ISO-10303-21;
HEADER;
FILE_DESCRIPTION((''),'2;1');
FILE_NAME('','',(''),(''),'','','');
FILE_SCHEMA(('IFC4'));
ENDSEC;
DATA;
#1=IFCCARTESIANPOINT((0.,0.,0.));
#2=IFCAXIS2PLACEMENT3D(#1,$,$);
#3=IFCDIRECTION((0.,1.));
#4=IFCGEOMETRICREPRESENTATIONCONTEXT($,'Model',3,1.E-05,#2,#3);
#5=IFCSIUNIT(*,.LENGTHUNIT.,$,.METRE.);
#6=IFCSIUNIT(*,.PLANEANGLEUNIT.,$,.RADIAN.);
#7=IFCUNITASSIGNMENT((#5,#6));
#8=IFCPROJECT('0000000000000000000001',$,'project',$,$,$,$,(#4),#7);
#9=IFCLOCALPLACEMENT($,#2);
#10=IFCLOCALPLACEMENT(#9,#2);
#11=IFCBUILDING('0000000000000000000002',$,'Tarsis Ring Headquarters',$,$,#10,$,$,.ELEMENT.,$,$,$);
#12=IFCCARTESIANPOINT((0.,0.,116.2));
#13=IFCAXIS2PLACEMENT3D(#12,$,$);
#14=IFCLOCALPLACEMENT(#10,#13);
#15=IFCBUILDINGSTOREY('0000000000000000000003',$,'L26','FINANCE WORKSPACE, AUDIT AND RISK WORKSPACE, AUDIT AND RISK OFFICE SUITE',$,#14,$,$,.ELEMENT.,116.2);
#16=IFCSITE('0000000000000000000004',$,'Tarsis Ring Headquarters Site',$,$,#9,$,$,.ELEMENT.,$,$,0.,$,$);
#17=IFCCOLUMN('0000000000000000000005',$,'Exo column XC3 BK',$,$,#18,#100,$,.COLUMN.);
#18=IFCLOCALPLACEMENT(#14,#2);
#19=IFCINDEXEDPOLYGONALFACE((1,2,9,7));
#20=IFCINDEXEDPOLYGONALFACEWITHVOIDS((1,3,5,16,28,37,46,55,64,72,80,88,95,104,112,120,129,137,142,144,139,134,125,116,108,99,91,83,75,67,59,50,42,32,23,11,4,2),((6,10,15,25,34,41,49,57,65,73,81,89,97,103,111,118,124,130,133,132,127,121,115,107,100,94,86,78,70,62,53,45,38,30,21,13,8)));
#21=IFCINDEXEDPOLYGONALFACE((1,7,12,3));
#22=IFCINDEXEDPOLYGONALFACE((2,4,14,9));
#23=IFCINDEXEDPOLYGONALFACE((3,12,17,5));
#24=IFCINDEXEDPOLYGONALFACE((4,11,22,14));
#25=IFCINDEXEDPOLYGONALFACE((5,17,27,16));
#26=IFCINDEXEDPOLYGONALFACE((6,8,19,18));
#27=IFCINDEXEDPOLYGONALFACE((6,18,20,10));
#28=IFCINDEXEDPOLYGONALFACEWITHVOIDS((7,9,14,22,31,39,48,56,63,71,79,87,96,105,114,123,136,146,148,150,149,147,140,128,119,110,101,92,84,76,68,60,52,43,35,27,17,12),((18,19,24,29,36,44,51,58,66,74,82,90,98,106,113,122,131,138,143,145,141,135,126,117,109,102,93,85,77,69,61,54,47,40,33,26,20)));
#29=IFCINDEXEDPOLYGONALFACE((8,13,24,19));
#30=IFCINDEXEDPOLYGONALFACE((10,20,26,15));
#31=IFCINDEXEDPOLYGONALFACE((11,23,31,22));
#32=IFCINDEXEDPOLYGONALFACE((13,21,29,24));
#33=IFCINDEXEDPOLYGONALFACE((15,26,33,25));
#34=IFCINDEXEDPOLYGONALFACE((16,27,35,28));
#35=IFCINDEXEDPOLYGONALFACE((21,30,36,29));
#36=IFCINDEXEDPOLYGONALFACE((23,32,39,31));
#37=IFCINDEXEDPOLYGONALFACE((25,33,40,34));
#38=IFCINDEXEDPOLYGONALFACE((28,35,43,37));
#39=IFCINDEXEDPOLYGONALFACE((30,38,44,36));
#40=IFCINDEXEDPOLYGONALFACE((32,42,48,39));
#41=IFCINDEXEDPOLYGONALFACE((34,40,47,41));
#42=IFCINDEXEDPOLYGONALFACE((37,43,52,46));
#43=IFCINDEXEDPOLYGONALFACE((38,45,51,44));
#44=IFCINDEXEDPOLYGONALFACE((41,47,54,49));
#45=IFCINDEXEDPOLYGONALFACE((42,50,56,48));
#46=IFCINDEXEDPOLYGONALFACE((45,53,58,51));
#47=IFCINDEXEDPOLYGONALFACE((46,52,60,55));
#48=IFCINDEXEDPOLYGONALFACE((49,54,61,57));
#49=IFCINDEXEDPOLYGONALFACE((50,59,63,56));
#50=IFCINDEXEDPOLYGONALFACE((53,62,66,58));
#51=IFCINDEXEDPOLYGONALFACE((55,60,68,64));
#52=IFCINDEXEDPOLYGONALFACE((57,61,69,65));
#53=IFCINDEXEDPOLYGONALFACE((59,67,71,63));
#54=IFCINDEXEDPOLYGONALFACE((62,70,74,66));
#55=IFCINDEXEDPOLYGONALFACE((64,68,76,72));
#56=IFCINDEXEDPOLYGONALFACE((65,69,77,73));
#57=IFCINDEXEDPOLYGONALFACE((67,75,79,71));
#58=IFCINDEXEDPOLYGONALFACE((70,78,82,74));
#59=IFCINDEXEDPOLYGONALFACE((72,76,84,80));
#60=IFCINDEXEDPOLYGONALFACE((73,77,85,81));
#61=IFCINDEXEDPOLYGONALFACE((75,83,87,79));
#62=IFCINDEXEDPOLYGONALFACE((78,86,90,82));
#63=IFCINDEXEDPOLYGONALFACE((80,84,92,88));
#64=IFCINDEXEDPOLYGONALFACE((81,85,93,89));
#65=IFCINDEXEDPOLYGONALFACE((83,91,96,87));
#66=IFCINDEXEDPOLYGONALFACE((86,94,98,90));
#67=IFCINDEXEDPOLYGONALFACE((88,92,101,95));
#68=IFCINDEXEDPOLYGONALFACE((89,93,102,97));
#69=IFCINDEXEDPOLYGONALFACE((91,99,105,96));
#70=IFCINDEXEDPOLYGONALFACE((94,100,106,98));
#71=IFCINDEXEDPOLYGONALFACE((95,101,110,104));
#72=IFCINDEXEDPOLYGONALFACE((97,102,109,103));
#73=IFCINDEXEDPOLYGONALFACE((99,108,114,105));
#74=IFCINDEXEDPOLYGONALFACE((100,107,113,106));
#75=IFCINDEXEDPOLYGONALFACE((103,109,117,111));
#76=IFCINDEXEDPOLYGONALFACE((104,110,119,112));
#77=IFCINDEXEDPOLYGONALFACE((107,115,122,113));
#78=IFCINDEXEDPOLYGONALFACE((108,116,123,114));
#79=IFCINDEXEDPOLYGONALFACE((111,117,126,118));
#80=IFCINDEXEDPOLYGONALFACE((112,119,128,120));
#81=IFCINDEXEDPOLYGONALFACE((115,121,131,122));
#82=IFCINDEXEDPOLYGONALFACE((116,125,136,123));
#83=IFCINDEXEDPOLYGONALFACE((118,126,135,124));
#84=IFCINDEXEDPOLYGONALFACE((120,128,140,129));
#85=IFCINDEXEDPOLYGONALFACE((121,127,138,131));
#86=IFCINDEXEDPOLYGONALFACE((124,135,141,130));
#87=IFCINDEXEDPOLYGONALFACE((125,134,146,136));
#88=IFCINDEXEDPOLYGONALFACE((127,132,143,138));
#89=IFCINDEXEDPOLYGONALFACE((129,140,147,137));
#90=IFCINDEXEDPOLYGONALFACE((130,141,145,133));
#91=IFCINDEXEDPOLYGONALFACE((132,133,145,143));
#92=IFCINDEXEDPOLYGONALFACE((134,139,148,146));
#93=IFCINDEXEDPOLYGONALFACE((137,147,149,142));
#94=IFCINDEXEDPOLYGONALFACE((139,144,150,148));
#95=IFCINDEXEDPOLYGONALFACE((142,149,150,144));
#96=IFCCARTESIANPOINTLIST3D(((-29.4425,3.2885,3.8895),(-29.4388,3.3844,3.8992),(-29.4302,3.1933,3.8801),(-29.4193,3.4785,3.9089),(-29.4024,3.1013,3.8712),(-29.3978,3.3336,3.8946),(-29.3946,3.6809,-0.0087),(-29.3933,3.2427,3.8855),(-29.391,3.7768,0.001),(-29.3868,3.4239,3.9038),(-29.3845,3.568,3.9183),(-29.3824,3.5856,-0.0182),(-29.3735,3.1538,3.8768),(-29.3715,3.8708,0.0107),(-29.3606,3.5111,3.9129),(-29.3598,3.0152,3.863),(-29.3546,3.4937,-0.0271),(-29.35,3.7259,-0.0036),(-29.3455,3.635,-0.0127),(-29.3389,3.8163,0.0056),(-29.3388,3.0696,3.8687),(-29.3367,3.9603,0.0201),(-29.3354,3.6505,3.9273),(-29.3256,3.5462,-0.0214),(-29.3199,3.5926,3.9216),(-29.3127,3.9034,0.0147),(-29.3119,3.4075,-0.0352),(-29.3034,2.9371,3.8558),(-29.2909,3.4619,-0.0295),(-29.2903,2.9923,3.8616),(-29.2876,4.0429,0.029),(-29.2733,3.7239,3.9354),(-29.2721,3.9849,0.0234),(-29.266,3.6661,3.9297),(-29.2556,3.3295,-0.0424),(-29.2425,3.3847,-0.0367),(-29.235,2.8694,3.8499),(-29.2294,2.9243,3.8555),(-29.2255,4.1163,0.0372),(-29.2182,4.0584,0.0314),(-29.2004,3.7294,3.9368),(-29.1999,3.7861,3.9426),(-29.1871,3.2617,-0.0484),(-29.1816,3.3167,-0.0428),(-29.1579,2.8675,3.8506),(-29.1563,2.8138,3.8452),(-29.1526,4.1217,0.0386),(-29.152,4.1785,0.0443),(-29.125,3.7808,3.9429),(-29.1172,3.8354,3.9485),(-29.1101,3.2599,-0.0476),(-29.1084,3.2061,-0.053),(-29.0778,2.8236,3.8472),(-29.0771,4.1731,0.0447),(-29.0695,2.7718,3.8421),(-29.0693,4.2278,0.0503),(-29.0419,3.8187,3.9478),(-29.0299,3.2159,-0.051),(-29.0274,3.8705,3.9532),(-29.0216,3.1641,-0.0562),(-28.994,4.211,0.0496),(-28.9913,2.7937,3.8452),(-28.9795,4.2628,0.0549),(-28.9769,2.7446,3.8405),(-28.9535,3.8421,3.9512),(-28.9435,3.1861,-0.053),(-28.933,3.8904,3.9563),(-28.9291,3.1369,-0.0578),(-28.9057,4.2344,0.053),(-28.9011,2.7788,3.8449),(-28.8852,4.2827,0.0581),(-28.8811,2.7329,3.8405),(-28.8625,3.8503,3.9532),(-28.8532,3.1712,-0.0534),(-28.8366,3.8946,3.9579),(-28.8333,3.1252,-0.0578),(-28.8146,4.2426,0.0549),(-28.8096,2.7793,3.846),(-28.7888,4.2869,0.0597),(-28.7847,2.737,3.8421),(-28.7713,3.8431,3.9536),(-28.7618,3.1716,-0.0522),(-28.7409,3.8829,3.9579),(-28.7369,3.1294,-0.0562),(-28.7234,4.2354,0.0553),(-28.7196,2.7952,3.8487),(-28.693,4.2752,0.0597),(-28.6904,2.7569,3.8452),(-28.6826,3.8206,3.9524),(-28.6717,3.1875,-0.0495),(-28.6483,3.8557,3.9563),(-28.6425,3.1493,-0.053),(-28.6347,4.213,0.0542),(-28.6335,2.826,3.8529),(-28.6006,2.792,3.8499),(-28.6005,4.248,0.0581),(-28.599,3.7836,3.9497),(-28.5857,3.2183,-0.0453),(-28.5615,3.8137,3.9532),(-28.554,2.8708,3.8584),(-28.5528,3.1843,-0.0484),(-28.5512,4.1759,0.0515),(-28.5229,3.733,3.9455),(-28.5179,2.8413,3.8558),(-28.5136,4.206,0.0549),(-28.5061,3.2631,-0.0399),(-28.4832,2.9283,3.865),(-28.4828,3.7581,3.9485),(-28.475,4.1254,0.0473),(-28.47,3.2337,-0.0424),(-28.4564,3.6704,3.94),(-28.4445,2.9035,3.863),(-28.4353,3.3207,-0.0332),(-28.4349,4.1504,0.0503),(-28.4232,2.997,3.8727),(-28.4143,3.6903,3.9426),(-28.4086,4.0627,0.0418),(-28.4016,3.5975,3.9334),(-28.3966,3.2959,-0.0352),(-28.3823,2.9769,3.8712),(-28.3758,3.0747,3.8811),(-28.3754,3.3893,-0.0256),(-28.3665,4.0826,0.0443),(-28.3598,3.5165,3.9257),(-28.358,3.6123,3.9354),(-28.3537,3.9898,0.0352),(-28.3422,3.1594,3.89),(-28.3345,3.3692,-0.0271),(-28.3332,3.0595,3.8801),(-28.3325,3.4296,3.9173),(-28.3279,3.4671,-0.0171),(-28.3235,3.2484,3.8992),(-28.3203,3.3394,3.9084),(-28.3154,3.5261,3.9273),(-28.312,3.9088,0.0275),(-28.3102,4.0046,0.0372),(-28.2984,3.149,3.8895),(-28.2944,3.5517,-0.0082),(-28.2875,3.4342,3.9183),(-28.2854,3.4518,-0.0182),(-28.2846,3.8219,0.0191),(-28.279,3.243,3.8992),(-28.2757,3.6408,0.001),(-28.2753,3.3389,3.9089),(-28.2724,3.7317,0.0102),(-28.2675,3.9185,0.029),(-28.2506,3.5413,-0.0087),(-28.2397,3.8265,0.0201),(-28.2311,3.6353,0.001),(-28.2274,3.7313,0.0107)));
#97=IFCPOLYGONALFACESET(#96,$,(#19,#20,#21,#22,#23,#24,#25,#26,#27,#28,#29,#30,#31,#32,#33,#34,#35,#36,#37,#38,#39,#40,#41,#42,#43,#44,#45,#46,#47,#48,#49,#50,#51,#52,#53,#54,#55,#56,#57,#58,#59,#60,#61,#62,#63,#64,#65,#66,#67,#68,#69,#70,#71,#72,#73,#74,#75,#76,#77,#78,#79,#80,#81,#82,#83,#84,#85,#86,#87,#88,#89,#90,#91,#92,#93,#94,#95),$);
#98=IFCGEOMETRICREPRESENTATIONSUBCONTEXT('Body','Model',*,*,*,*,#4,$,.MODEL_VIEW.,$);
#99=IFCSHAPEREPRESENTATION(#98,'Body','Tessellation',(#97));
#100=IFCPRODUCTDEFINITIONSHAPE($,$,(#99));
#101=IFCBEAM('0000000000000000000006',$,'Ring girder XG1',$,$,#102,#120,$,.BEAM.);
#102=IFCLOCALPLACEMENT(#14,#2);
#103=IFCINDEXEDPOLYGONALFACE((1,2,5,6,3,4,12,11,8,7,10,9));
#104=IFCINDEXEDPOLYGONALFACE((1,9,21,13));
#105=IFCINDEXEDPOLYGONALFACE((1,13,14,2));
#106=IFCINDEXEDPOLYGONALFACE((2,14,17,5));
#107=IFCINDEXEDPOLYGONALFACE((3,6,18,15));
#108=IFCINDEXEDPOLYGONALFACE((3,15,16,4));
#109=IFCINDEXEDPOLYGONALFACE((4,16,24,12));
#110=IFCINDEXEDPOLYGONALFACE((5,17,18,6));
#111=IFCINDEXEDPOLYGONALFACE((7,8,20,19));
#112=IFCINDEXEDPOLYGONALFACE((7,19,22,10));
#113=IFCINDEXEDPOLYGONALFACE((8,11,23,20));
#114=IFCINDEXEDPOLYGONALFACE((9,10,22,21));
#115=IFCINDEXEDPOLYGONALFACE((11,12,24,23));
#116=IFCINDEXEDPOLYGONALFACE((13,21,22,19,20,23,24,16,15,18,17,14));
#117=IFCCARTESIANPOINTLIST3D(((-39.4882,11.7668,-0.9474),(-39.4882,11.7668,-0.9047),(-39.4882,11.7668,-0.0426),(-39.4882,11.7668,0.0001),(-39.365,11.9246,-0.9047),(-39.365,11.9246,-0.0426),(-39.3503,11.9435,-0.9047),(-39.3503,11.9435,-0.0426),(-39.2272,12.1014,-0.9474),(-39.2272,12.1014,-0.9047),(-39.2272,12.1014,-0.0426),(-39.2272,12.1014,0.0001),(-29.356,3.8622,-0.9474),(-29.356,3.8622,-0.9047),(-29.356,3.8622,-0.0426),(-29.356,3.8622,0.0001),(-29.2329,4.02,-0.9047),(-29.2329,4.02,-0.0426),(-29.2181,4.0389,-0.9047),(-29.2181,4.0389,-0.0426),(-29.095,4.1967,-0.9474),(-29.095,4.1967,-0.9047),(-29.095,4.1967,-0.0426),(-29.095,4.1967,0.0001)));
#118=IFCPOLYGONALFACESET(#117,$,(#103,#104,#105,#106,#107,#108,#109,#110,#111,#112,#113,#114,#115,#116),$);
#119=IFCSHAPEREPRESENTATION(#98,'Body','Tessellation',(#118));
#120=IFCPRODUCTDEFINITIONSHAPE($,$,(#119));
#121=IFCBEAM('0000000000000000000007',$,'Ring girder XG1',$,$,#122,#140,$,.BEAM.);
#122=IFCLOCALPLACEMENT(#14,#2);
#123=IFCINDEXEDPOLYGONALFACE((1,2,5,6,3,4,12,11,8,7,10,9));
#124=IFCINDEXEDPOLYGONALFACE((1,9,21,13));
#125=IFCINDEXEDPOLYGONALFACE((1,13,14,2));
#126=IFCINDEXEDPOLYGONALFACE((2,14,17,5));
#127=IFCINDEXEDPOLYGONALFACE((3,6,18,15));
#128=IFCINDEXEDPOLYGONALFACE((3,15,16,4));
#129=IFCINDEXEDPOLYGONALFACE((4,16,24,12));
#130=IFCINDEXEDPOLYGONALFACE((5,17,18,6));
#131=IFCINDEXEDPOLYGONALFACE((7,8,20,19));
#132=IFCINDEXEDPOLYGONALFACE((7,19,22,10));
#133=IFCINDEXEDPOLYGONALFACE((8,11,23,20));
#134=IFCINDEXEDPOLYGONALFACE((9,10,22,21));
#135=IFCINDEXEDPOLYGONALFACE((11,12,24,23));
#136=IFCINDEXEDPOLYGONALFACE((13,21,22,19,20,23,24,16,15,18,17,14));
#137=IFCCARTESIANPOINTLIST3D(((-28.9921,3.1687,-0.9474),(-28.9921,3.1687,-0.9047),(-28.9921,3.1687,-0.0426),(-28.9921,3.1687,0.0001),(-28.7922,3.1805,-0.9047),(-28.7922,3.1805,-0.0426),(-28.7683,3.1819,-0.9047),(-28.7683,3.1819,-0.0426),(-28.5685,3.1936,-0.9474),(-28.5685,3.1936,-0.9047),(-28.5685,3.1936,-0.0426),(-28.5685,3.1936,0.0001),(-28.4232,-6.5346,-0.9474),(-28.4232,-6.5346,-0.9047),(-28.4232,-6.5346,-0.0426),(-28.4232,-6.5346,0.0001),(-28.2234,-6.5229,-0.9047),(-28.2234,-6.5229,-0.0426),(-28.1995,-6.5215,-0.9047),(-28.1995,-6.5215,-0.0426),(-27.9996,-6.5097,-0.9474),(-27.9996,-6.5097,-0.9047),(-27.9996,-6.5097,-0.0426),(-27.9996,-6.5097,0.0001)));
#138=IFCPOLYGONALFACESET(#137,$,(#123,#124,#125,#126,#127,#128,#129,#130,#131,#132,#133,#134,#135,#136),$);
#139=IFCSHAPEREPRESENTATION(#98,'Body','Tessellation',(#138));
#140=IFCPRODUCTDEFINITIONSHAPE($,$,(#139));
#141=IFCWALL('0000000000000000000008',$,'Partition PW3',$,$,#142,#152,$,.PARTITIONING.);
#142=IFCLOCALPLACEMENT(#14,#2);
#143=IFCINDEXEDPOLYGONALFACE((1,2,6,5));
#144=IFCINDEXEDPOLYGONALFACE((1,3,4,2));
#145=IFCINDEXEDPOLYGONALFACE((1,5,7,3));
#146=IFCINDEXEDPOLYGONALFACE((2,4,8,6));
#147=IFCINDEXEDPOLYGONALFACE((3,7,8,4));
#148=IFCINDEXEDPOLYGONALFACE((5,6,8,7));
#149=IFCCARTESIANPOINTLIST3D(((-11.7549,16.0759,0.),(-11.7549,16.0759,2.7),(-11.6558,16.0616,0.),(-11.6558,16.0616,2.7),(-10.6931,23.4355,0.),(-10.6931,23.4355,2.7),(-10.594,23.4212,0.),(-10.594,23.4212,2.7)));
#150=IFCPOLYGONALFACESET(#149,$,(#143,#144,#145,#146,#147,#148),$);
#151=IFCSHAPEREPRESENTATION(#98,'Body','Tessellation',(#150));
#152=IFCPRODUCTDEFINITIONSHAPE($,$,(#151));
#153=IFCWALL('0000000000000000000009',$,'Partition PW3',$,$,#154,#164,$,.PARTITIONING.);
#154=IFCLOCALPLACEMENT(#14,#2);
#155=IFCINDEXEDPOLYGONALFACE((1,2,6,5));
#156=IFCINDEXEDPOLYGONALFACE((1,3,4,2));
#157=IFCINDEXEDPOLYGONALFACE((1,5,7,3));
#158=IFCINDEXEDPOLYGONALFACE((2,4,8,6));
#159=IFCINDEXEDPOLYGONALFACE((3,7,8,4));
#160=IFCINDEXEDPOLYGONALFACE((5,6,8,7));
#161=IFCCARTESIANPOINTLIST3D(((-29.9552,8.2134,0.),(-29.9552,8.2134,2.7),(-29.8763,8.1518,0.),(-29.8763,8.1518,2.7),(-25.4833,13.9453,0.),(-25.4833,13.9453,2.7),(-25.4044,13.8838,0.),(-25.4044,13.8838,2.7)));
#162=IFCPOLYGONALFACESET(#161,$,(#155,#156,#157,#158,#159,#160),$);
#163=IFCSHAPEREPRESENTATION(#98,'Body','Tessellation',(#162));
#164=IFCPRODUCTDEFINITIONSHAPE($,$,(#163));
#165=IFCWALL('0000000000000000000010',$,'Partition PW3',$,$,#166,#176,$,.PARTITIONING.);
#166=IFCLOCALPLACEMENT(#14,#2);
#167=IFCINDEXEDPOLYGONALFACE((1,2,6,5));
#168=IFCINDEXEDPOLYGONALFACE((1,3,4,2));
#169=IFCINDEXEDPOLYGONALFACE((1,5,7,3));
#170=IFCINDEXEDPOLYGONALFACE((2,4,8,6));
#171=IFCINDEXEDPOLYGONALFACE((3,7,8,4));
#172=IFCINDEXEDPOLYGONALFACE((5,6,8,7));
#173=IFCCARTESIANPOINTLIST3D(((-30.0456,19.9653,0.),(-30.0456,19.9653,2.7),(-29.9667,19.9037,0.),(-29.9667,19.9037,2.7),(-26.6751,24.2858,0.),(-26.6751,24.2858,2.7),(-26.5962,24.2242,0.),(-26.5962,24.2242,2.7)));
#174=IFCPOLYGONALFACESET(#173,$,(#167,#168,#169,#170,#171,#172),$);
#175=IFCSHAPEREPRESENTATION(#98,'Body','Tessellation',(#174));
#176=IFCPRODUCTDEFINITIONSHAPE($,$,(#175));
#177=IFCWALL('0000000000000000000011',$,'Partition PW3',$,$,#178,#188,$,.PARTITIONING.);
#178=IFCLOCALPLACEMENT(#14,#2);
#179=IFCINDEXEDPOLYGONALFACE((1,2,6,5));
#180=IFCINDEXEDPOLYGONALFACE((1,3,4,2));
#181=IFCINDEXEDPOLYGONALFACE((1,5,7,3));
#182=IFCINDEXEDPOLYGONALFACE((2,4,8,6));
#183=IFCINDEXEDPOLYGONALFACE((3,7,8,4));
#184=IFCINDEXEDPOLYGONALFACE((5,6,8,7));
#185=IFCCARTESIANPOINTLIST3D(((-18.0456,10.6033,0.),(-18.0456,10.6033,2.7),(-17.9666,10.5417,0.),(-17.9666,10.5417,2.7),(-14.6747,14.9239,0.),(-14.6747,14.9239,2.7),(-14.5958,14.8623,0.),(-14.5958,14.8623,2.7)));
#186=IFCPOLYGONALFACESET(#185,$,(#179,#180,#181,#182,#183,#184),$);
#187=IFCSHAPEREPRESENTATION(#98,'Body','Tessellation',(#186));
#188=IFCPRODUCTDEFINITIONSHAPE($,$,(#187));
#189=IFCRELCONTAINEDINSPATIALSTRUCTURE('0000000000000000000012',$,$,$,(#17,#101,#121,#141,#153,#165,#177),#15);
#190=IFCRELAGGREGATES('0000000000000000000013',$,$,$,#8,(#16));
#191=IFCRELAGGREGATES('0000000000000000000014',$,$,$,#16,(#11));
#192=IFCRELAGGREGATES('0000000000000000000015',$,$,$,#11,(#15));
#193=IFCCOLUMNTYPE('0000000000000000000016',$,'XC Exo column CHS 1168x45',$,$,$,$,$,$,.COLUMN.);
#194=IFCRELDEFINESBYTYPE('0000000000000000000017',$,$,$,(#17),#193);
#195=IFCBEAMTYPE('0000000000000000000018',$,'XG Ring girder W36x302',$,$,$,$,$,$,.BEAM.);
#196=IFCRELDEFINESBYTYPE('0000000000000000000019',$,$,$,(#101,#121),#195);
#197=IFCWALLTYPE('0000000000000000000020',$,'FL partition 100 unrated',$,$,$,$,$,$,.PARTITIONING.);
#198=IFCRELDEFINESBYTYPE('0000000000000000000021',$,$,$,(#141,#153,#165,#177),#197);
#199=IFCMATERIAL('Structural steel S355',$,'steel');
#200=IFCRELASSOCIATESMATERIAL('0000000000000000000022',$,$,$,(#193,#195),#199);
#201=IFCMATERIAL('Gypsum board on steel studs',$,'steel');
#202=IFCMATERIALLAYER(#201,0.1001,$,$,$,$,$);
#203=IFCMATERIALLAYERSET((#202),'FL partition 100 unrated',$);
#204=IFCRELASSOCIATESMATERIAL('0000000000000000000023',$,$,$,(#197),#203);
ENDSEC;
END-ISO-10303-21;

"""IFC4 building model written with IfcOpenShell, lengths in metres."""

from ifc_helpers import new_model, si_unit, direction, frame, frame_2d, origin, origin_2d, place, context, subcontext, project, spatial, rectangle, hollow_circle, i_section, extrude, material, layer, layer_set, material_profile, profile_set, type_object, element, save


model = new_model("IFC4")

# Units and contexts
model_context = context("Model", 3, precision=1e-05, world=origin(), true_north=direction((0.0, 1.0)))
body_context = subcontext(model_context, "Body", "Model", "MODEL_VIEW")
ifc_project = project(units=[si_unit("LENGTHUNIT", "METRE"), si_unit("PLANEANGLEUNIT", "RADIAN")], contexts=[model_context])

# Site, building, storey
site_placement = place(None, origin())
site = spatial("IfcSite", under=ifc_project, at=site_placement, Name="Tarsis Ring Headquarters Site", CompositionType="ELEMENT", RefElevation=0.0)
building_placement = place(site_placement, origin())
building = spatial("IfcBuilding", under=site, at=building_placement, Name="Tarsis Ring Headquarters", CompositionType="ELEMENT")
storey_placement = place(building_placement, frame((0.0, 0.0, 116.2)))
storey = spatial("IfcBuildingStorey", under=building, at=storey_placement, Name="L26", Description="FINANCE WORKSPACE, AUDIT AND RISK WORKSPACE, AUDIT AND RISK OFFICE SUITE", CompositionType="ELEMENT", Elevation=116.2)

# Column
ifc_material_1 = material(Name="Structural steel S355", Category="steel")
ifc_material_profile_1 = material_profile(ifc_material_1, hollow_circle(Radius=0.5842, WallThickness=0.0449, at=origin_2d()), Name="CHS 1168x45")
ifc_profile_set_1 = profile_set([ifc_material_profile_1], Name="Structural steel S355")
column_type = type_object("IfcColumnType", Name="XC Exo column CHS 1168x45", PredefinedType="COLUMN", material=ifc_profile_set_1)
column_placement = place(storey_placement, frame((-28.811, 3.7061, 0.001), z_axis=(-0.012213, -0.100132, 0.994899), x_axis=(0.992644, -0.121069, 0.0)))
element("IfcColumn", 1, at=column_placement, inside=storey, type_object=column_type, Name="Exo column XC3 BK", PredefinedType="COLUMN", context=body_context, shape_type="SweptSolid", body=[
    extrude(hollow_circle(Radius=0.5842, WallThickness=0.0449, at=origin_2d()), origin(), (0.0, 0.0, 1.0), 3.9182),
])

# Beams
ifc_material_profile_2 = material_profile(ifc_material_1, i_section(OverallWidth=0.4243, OverallDepth=0.9475, WebThickness=0.0239, FlangeThickness=0.0427, at=origin_2d()), Name="W36x302")
ifc_profile_set_2 = profile_set([ifc_material_profile_2], Name="Structural steel S355")
beam_type = type_object("IfcBeamType", Name="XG Ring girder W36x302", PredefinedType="BEAM", material=ifc_profile_set_2)
beam_1_placement = place(storey_placement, frame((-39.3577, 11.9341, -0.4736), z_axis=(0.788445, -0.615105, 0.0), x_axis=(0.615105, 0.788445, 0.0)))
element("IfcBeam", 2, at=beam_1_placement, inside=storey, type_object=beam_type, Name="Ring girder XG1", PredefinedType="BEAM", context=body_context, shape_type="SweptSolid", body=[
    extrude(i_section(OverallWidth=0.4243, OverallDepth=0.9475, WebThickness=0.0239, FlangeThickness=0.0427, at=origin_2d()), origin(), (0.0, 0.0, 1.0), 12.8508),
])
beam_2_placement = place(storey_placement, frame((-28.7803, 3.1812, -0.4736), z_axis=(0.058523, -0.998286, 0.0), x_axis=(0.998286, 0.058523, 0.0)))
element("IfcBeam", 3, at=beam_2_placement, inside=storey, type_object=beam_type, Name="Ring girder XG1", PredefinedType="BEAM", context=body_context, shape_type="SweptSolid", body=[
    extrude(i_section(OverallWidth=0.4243, OverallDepth=0.9475, WebThickness=0.0239, FlangeThickness=0.0427, at=origin_2d()), origin(), (0.0, 0.0, 1.0), 9.72),
])

# Walls
ifc_material_2 = material(Name="Gypsum board on steel studs", Category="steel")
ifc_layer_1 = layer(ifc_material_2, 0.1001)
ifc_layer_set_1 = layer_set([ifc_layer_1], Name="FL partition 100 unrated")
wall_type_1 = type_object("IfcWallType", Name="FL partition 100 unrated", PredefinedType="PARTITIONING", material=ifc_layer_set_1)
wall_1_placement = place(storey_placement, frame((-11.7053, 16.0688, 0.0), z_axis=(0.0, 0.0, 1.0), x_axis=(0.142791, 0.989753, 0.0)))
element("IfcWall", 4, at=wall_1_placement, inside=storey, type_object=wall_type_1, Name="Partition PW3", PredefinedType="PARTITIONING", context=body_context, shape_type="SweptSolid", body=[
    extrude(rectangle(XDim=7.4358, YDim=0.1001, at=frame_2d((3.7178, 0.0))), origin(), (0.0, 0.0, 1.0), 2.7),
])
wall_2_placement = place(storey_placement, frame((-29.9158, 8.1826, 0.0), z_axis=(0.0, 0.0, 1.0), x_axis=(0.615119, 0.788435, 0.0)))
element("IfcWall", 5, at=wall_2_placement, inside=storey, type_object=wall_type_1, Name="Partition PW3", PredefinedType="PARTITIONING", context=body_context, shape_type="SweptSolid", body=[
    extrude(rectangle(XDim=7.27, YDim=0.1001, at=frame_2d((3.635, 0.0))), origin(), (0.0, 0.0, 1.0), 2.7),
])
wall_3_placement = place(storey_placement, frame((-30.0061, 19.9346, 0.0), z_axis=(0.0, 0.0, 1.0), x_axis=(0.615097, 0.788452, 0.0)))
element("IfcWall", 6, at=wall_3_placement, inside=storey, type_object=wall_type_1, Name="Partition PW3", PredefinedType="PARTITIONING", context=body_context, shape_type="SweptSolid", body=[
    extrude(rectangle(XDim=5.4797, YDim=0.1001, at=frame_2d((2.7397, 0.0))), origin(), (0.0, 0.0, 1.0), 2.7),
])
wall_4_placement = place(storey_placement, frame((-18.0061, 10.5725, 0.0), z_axis=(0.0, 0.0, 1.0), x_axis=(0.615124, 0.78843, 0.0)))
element("IfcWall", 7, at=wall_4_placement, inside=storey, type_object=wall_type_1, Name="Partition PW3", PredefinedType="PARTITIONING", context=body_context, shape_type="SweptSolid", body=[
    extrude(rectangle(XDim=5.48, YDim=0.1001, at=frame_2d((2.74, 0.0))), origin(), (0.0, 0.0, 1.0), 2.7),
])

save(model, "model.ifc")
